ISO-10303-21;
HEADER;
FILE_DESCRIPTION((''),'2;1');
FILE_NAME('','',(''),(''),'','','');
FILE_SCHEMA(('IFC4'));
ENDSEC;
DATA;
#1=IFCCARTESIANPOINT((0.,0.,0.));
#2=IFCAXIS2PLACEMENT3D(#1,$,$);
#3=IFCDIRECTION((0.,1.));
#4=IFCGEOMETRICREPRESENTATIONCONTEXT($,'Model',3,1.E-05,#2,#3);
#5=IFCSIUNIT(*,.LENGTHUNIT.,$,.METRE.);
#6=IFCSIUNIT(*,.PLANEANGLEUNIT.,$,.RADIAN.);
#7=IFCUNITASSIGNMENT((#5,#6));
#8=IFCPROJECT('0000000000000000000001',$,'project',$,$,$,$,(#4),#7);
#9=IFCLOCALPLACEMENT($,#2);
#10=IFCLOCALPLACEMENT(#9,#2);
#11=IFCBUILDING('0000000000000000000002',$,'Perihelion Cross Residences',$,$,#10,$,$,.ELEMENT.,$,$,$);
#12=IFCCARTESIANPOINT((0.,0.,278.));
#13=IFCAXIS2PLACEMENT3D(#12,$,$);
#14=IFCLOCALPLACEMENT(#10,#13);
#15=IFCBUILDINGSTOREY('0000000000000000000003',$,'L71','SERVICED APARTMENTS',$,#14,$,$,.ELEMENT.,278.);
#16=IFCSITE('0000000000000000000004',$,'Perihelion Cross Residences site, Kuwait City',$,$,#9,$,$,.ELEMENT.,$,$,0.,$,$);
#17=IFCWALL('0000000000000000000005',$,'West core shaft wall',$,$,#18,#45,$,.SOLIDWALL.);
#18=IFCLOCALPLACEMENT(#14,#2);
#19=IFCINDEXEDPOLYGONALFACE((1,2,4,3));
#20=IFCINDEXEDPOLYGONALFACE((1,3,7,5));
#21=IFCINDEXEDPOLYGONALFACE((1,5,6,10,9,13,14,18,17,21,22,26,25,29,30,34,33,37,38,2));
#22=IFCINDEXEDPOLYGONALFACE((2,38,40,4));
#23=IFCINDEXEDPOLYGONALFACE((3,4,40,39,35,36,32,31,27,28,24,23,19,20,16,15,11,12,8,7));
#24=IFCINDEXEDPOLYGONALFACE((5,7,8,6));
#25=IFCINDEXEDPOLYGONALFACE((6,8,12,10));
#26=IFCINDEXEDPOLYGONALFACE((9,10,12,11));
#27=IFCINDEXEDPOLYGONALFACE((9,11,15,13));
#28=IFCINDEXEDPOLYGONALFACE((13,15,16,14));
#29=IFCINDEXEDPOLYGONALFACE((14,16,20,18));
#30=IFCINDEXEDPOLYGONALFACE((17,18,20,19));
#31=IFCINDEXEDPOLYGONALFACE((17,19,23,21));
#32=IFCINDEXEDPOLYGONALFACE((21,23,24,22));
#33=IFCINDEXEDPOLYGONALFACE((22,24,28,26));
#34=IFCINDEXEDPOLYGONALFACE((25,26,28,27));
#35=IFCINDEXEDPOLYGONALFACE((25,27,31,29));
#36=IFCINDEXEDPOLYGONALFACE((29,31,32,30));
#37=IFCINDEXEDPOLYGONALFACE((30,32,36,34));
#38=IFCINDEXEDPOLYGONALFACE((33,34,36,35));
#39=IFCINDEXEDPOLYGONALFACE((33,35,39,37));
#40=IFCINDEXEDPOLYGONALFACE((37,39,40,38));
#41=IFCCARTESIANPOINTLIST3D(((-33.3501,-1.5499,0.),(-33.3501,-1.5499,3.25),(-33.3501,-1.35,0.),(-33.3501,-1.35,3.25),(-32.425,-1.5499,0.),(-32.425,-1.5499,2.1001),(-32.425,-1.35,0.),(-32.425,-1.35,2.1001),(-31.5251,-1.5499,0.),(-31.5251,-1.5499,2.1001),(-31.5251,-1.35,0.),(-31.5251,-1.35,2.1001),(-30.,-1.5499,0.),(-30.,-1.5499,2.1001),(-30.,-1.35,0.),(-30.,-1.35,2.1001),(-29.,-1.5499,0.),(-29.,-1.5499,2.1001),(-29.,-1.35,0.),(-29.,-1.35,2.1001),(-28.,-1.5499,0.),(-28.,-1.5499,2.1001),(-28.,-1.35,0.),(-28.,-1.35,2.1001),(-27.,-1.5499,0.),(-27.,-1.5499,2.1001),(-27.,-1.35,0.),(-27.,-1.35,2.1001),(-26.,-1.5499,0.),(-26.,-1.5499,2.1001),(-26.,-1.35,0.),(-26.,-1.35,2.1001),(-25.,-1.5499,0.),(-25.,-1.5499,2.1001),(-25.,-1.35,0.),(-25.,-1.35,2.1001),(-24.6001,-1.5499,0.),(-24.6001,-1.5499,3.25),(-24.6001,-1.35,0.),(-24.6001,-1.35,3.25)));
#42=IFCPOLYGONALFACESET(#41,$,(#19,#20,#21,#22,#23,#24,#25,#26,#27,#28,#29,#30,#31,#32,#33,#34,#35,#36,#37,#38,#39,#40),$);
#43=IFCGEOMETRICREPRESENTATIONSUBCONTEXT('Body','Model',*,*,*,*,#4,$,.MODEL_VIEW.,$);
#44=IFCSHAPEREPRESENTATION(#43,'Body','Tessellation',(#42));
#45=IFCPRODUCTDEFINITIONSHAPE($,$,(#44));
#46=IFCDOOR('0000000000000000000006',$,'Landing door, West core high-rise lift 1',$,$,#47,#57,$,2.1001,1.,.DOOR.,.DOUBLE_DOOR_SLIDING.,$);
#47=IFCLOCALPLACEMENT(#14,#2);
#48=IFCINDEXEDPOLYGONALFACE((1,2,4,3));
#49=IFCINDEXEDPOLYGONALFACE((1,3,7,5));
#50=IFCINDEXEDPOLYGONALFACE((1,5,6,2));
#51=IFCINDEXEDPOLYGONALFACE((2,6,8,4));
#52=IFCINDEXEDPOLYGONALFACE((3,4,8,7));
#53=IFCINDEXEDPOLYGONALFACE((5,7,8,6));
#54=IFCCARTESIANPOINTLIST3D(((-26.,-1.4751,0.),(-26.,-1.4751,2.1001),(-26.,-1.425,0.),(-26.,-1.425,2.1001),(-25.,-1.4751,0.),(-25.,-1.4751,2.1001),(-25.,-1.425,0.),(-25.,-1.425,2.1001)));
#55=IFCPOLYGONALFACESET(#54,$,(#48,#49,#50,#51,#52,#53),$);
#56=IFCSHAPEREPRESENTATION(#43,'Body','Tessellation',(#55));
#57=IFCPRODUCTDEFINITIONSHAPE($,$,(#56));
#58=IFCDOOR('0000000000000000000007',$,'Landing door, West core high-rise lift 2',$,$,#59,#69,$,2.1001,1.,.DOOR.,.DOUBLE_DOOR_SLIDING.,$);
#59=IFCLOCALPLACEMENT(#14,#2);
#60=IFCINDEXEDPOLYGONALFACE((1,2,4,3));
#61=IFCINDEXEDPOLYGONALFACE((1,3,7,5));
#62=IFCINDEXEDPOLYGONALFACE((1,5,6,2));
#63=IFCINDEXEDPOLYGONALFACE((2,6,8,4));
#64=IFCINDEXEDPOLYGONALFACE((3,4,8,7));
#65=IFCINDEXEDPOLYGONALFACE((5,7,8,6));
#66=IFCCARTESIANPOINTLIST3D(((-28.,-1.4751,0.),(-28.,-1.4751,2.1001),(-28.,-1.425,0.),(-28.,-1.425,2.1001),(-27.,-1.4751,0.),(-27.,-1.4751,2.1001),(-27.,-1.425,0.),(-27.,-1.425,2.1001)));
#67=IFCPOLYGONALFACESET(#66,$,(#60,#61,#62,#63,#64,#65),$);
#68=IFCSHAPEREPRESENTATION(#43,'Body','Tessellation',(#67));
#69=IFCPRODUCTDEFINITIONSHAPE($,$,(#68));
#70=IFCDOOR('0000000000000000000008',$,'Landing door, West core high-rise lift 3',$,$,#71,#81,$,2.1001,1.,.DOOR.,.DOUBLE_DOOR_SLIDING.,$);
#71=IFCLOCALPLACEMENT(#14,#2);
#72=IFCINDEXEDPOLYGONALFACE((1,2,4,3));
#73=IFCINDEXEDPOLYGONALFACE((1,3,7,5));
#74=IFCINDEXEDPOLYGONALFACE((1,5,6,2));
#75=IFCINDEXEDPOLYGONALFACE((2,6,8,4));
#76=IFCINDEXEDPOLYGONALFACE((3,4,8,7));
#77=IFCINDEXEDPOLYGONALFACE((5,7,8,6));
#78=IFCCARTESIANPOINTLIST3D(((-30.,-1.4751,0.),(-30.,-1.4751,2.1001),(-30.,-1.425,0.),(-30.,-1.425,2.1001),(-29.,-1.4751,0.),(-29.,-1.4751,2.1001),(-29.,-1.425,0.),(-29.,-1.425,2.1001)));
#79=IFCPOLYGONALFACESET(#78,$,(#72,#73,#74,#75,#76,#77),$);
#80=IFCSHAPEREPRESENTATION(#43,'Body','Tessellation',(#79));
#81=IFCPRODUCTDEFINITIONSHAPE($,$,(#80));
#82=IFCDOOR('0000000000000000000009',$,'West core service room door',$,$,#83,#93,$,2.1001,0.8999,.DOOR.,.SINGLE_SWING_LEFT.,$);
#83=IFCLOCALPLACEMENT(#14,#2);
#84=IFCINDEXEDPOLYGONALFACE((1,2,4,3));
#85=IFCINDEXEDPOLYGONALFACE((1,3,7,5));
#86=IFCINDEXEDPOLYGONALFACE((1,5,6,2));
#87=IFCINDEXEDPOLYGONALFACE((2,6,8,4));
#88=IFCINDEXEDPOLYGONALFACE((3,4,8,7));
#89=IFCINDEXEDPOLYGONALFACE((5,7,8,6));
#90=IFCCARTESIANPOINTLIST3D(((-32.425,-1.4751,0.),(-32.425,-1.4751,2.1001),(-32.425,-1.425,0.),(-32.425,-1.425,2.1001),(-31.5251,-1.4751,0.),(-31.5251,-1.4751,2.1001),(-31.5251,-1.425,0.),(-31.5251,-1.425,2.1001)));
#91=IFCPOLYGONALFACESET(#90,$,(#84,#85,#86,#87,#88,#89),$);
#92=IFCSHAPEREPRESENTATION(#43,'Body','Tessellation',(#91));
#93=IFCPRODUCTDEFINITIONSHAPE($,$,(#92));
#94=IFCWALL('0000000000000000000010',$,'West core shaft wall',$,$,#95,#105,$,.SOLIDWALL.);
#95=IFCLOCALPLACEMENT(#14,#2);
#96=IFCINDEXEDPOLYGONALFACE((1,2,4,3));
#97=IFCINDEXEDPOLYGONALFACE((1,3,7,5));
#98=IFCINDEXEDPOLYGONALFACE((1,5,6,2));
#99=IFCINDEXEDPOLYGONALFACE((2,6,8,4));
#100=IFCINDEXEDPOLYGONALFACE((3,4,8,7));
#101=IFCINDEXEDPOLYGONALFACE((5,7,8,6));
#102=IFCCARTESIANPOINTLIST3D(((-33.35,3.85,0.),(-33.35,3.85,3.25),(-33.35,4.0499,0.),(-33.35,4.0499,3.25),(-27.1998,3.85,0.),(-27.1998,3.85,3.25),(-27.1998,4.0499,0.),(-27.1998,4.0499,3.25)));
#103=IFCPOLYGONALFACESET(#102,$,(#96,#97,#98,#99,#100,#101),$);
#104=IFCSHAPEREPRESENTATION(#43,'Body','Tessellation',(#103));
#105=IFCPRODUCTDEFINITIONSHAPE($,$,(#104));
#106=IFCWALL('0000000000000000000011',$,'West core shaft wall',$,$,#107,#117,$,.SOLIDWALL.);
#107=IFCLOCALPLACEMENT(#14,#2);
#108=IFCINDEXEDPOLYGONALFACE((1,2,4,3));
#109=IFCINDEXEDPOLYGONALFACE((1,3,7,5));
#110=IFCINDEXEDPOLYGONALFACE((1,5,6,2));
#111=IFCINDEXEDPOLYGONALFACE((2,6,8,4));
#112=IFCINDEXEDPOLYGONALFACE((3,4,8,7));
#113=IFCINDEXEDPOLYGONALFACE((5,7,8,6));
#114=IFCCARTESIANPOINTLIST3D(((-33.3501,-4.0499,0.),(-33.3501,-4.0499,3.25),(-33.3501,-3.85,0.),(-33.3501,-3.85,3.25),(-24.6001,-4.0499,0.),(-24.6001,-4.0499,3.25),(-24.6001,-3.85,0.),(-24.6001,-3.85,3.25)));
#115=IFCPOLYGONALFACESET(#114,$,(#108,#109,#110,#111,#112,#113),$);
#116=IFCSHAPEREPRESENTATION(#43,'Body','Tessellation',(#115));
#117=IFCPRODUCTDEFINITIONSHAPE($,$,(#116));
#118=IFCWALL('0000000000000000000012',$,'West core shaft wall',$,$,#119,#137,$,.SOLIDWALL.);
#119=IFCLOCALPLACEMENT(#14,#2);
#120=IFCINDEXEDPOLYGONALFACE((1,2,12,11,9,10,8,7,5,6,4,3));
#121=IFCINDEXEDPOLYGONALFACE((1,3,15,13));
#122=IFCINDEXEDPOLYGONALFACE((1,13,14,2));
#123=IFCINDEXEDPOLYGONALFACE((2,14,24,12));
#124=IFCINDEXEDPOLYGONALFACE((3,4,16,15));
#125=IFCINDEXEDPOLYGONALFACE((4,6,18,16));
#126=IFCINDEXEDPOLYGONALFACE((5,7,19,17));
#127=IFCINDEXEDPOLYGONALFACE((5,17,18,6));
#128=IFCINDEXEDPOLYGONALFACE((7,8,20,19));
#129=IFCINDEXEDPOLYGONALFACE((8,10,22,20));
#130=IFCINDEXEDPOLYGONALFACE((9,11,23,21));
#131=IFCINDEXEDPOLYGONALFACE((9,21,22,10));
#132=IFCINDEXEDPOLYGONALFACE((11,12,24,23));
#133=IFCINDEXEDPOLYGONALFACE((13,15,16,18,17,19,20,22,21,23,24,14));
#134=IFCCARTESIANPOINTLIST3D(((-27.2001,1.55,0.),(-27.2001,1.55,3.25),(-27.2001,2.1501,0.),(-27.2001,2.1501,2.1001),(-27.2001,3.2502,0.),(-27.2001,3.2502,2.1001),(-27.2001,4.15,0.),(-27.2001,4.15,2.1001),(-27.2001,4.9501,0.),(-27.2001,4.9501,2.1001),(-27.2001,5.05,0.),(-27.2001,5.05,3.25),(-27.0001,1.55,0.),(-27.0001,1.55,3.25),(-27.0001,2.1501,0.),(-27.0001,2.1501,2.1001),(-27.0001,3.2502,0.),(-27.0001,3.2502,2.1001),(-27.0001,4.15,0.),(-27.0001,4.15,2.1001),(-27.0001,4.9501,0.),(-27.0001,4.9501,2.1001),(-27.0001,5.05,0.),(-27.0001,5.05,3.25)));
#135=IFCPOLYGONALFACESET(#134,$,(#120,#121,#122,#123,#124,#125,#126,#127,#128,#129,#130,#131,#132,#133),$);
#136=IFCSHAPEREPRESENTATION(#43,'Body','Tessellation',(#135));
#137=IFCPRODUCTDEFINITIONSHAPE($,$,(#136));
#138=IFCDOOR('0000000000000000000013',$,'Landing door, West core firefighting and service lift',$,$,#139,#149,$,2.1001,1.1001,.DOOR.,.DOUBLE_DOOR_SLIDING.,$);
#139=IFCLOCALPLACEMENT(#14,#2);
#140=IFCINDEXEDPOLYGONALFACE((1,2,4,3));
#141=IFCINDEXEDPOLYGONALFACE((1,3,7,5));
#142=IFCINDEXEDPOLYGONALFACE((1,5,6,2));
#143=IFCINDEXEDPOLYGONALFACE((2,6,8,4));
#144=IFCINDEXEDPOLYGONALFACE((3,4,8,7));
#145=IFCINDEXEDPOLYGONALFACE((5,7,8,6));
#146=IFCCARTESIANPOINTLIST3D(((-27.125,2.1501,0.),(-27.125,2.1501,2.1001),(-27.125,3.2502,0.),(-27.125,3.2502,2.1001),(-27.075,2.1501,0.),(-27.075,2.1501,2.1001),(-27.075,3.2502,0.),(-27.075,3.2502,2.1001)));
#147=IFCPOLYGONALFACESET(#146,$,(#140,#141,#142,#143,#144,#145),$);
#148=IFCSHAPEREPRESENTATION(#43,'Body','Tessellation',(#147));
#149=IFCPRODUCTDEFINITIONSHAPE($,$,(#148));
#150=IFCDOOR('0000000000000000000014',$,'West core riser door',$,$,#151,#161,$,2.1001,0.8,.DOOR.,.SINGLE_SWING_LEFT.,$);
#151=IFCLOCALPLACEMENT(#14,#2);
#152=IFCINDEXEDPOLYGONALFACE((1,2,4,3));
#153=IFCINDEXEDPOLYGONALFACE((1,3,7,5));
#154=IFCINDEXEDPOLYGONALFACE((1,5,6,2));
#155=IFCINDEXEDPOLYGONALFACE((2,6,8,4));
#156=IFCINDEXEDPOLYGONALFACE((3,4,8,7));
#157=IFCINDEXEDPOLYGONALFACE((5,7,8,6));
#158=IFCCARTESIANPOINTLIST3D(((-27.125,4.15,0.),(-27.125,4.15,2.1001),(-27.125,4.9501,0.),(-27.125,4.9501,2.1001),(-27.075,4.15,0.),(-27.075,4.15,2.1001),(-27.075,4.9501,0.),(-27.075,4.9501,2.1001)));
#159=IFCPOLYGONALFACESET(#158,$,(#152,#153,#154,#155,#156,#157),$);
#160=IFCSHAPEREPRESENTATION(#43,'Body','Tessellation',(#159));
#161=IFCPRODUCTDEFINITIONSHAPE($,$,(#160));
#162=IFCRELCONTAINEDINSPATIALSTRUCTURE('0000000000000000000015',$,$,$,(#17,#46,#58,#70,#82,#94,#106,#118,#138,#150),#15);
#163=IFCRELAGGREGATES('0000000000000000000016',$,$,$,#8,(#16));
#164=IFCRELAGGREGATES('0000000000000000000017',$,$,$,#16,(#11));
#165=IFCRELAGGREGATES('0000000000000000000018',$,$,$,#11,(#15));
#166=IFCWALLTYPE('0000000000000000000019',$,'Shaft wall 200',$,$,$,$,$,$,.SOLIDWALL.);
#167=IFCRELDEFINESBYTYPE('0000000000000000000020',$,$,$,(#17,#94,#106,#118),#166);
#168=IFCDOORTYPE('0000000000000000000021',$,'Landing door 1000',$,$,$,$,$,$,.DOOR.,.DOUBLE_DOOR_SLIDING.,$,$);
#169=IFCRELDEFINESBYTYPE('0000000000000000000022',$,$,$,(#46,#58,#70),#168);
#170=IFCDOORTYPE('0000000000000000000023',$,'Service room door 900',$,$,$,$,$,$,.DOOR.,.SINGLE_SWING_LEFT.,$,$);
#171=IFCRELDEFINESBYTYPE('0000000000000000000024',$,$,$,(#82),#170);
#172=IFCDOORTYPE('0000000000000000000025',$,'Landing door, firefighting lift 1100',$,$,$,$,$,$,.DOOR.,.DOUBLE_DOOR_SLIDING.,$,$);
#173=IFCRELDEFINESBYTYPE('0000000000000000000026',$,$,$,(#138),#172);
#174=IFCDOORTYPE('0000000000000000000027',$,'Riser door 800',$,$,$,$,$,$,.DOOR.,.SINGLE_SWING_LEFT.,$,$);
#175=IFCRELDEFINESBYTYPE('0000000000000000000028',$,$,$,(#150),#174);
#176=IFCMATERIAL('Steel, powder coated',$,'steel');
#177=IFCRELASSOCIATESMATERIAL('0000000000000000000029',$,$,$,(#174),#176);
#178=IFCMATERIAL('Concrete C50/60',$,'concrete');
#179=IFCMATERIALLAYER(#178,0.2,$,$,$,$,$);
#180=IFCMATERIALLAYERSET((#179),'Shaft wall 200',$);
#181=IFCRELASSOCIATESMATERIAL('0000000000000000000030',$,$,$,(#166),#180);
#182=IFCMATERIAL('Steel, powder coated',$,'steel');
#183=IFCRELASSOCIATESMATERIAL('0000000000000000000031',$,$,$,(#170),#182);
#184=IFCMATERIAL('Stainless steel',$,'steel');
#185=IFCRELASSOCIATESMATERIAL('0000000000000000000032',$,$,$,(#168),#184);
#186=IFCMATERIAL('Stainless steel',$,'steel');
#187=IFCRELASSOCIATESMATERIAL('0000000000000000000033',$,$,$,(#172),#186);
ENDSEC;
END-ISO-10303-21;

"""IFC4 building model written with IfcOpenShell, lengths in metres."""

from ifc_helpers import new_model, si_unit, direction, frame, frame_2d, origin, place, context, subcontext, project, spatial, rectangle, extrude, material, layer, layer_set, type_object, element, fill, save


model = new_model("IFC4")

# Units and contexts
model_context = context("Model", 3, precision=1e-05, world=origin(), true_north=direction((0.0, 1.0)))
body_context = subcontext(model_context, "Body", "Model", "MODEL_VIEW")
ifc_project = project(units=[si_unit("LENGTHUNIT", "METRE"), si_unit("PLANEANGLEUNIT", "RADIAN")], contexts=[model_context])

# Site, building, storey
site_placement = place(None, origin())
site = spatial("IfcSite", under=ifc_project, at=site_placement, Name="Perihelion Cross Residences site, Kuwait City", CompositionType="ELEMENT", RefElevation=0.0)
building_placement = place(site_placement, origin())
building = spatial("IfcBuilding", under=site, at=building_placement, Name="Perihelion Cross Residences", CompositionType="ELEMENT")
storey_placement = place(building_placement, frame((0.0, 0.0, 278.0)))
storey = spatial("IfcBuildingStorey", under=building, at=storey_placement, Name="L71", Description="SERVICED APARTMENTS", CompositionType="ELEMENT", Elevation=278.0)

# Shared definitions
ifc_material_1 = material(Name="Steel, powder coated", Category="steel")
door_type_1 = type_object("IfcDoorType", Name="Riser door 800", OperationType="SINGLE_SWING_LEFT", PredefinedType="DOOR", material=ifc_material_1)

# Wall, openings, doors
ifc_material_2 = material(Name="Concrete C50/60", Category="concrete")
ifc_layer_1 = layer(ifc_material_2, 0.2)
ifc_layer_set_1 = layer_set([ifc_layer_1], Name="Shaft wall 200")
wall_type_1 = type_object("IfcWallType", Name="Shaft wall 200", PredefinedType="SOLIDWALL", material=ifc_layer_set_1)
ifc_material_3 = material(Name="Steel, powder coated", Category="steel")
door_type_2 = type_object("IfcDoorType", Name="Service room door 900", OperationType="SINGLE_SWING_LEFT", PredefinedType="DOOR", material=ifc_material_3)
wall_1_placement = place(storey_placement, frame((-33.3501, -1.45, 0.0), z_axis=(0.0, 0.0, 1.0), x_axis=(1.0, 0.0, 0.0)))
wall_1 = element("IfcWall", 1, at=wall_1_placement, inside=storey, type_object=wall_type_1, Name="West core shaft wall", PredefinedType="SOLIDWALL", context=body_context, shape_type="SweptSolid", body=[
    extrude(rectangle(XDim=8.75, YDim=0.2, at=frame_2d((4.375, 0.0))), origin(), (0.0, 0.0, 1.0), 3.25),
])
opening_1_placement = place(wall_1_placement, frame((7.3501, 0.0, 0.0)))
opening_1 = element("IfcOpeningElement", 2, at=opening_1_placement, cuts=wall_1, PredefinedType="OPENING", context=body_context, shape_type="SweptSolid", body=[
    extrude(rectangle(XDim=1.0, YDim=2.1001, at=frame_2d((0.5, 1.05))), frame((0.0, 0.1099, 0.0), z_axis=(0.0, -1.0, 0.0), x_axis=(1.0, 0.0, 0.0)), (0.0, 0.0, 1.0), 0.22),
])
opening_2_placement = place(wall_1_placement, frame((5.3501, 0.0, 0.0)))
opening_2 = element("IfcOpeningElement", 3, at=opening_2_placement, cuts=wall_1, PredefinedType="OPENING", context=body_context, shape_type="SweptSolid", body=[
    extrude(rectangle(XDim=1.0, YDim=2.1001, at=frame_2d((0.5, 1.05))), frame((0.0, 0.1099, 0.0), z_axis=(0.0, -1.0, 0.0), x_axis=(1.0, 0.0, 0.0)), (0.0, 0.0, 1.0), 0.22),
])
opening_3_placement = place(wall_1_placement, frame((3.3501, 0.0, 0.0)))
opening_3 = element("IfcOpeningElement", 4, at=opening_3_placement, cuts=wall_1, PredefinedType="OPENING", context=body_context, shape_type="SweptSolid", body=[
    extrude(rectangle(XDim=1.0, YDim=2.1001, at=frame_2d((0.5, 1.05))), frame((0.0, 0.1099, 0.0), z_axis=(0.0, -1.0, 0.0), x_axis=(1.0, 0.0, 0.0)), (0.0, 0.0, 1.0), 0.22),
])
opening_4_placement = place(wall_1_placement, frame((0.925, 0.0, 0.0)))
opening_4 = element("IfcOpeningElement", 5, at=opening_4_placement, cuts=wall_1, PredefinedType="OPENING", context=body_context, shape_type="SweptSolid", body=[
    extrude(rectangle(XDim=0.8999, YDim=2.1001, at=frame_2d((0.45, 1.05))), frame((0.0, 0.1099, 0.0), z_axis=(0.0, -1.0, 0.0), x_axis=(1.0, 0.0, 0.0)), (0.0, 0.0, 1.0), 0.22),
])
ifc_material_4 = material(Name="Stainless steel", Category="steel")
door_type_3 = type_object("IfcDoorType", Name="Landing door 1000", OperationType="DOUBLE_DOOR_SLIDING", PredefinedType="DOOR", material=ifc_material_4)
door_1_placement = place(opening_1_placement, origin())
door_1 = element("IfcDoor", 6, at=door_1_placement, inside=storey, type_object=door_type_3, Name="Landing door, West core high-rise lift 1", OperationType="DOUBLE_DOOR_SLIDING", OverallHeight=2.1001, OverallWidth=1.0, PredefinedType="DOOR", context=body_context, shape_type="SweptSolid", body=[
    extrude(rectangle(XDim=1.0, YDim=2.1001, at=frame_2d((0.5, 1.05))), frame((0.0, 0.0249, 0.0), z_axis=(0.0, -1.0, 0.0), x_axis=(1.0, 0.0, 0.0)), (0.0, 0.0, 1.0), 0.05),
])
fill(opening_1, door_1)
door_2_placement = place(opening_2_placement, origin())
door_2 = element("IfcDoor", 7, at=door_2_placement, inside=storey, type_object=door_type_3, Name="Landing door, West core high-rise lift 2", OperationType="DOUBLE_DOOR_SLIDING", OverallHeight=2.1001, OverallWidth=1.0, PredefinedType="DOOR", context=body_context, shape_type="SweptSolid", body=[
    extrude(rectangle(XDim=1.0, YDim=2.1001, at=frame_2d((0.5, 1.05))), frame((0.0, 0.0249, 0.0), z_axis=(0.0, -1.0, 0.0), x_axis=(1.0, 0.0, 0.0)), (0.0, 0.0, 1.0), 0.05),
])
fill(opening_2, door_2)
door_3_placement = place(opening_3_placement, origin())
door_3 = element("IfcDoor", 8, at=door_3_placement, inside=storey, type_object=door_type_3, Name="Landing door, West core high-rise lift 3", OperationType="DOUBLE_DOOR_SLIDING", OverallHeight=2.1001, OverallWidth=1.0, PredefinedType="DOOR", context=body_context, shape_type="SweptSolid", body=[
    extrude(rectangle(XDim=1.0, YDim=2.1001, at=frame_2d((0.5, 1.05))), frame((0.0, 0.0249, 0.0), z_axis=(0.0, -1.0, 0.0), x_axis=(1.0, 0.0, 0.0)), (0.0, 0.0, 1.0), 0.05),
])
fill(opening_3, door_3)
door_4_placement = place(opening_4_placement, origin())
door_4 = element("IfcDoor", 9, at=door_4_placement, inside=storey, type_object=door_type_2, Name="West core service room door", OperationType="SINGLE_SWING_LEFT", OverallHeight=2.1001, OverallWidth=0.8999, PredefinedType="DOOR", context=body_context, shape_type="SweptSolid", body=[
    extrude(rectangle(XDim=0.8999, YDim=2.1001, at=frame_2d((0.45, 1.05))), frame((0.0, 0.0249, 0.0), z_axis=(0.0, -1.0, 0.0), x_axis=(1.0, 0.0, 0.0)), (0.0, 0.0, 1.0), 0.05),
])
fill(opening_4, door_4)

# Walls
wall_2_placement = place(storey_placement, frame((-33.3501, 3.95, 0.0), z_axis=(0.0, 0.0, 1.0), x_axis=(1.0, 0.0, 0.0)))
element("IfcWall", 10, at=wall_2_placement, inside=storey, type_object=wall_type_1, Name="West core shaft wall", PredefinedType="SOLIDWALL", context=body_context, shape_type="SweptSolid", body=[
    extrude(rectangle(XDim=6.1501, YDim=0.2, at=frame_2d((3.0752, 0.0))), origin(), (0.0, 0.0, 1.0), 3.25),
])
wall_3_placement = place(storey_placement, frame((-33.3501, -3.95, 0.0), z_axis=(0.0, 0.0, 1.0), x_axis=(1.0, 0.0, 0.0)))
element("IfcWall", 11, at=wall_3_placement, inside=storey, type_object=wall_type_1, Name="West core shaft wall", PredefinedType="SOLIDWALL", context=body_context, shape_type="SweptSolid", body=[
    extrude(rectangle(XDim=8.75, YDim=0.2, at=frame_2d((4.375, 0.0))), origin(), (0.0, 0.0, 1.0), 3.25),
])

# Wall, openings, doors
wall_4_placement = place(storey_placement, frame((-27.1001, 1.55, 0.0), z_axis=(0.0, 0.0, 1.0), x_axis=(0.0, 1.0, 0.0)))
wall_4 = element("IfcWall", 12, at=wall_4_placement, inside=storey, type_object=wall_type_1, Name="West core shaft wall", PredefinedType="SOLIDWALL", context=body_context, shape_type="SweptSolid", body=[
    extrude(rectangle(XDim=3.5, YDim=0.2, at=frame_2d((1.75, 0.0))), origin(), (0.0, 0.0, 1.0), 3.25),
])
opening_5_placement = place(wall_4_placement, frame((0.6001, 0.0, 0.0)))
opening_5 = element("IfcOpeningElement", 13, at=opening_5_placement, cuts=wall_4, PredefinedType="OPENING", context=body_context, shape_type="SweptSolid", body=[
    extrude(rectangle(XDim=1.1001, YDim=2.1001, at=frame_2d((0.55, 1.05))), frame((0.0, 0.1099, 0.0), z_axis=(0.0, -1.0, 0.0), x_axis=(1.0, 0.0, 0.0)), (0.0, 0.0, 1.0), 0.22),
])
opening_6_placement = place(wall_4_placement, frame((2.6001, 0.0, 0.0)))
opening_6 = element("IfcOpeningElement", 14, at=opening_6_placement, cuts=wall_4, PredefinedType="OPENING", context=body_context, shape_type="SweptSolid", body=[
    extrude(rectangle(XDim=0.8, YDim=2.1001, at=frame_2d((0.3999, 1.05))), frame((0.0, 0.1099, 0.0), z_axis=(0.0, -1.0, 0.0), x_axis=(1.0, 0.0, 0.0)), (0.0, 0.0, 1.0), 0.22),
])
ifc_material_5 = material(Name="Stainless steel", Category="steel")
door_type_4 = type_object("IfcDoorType", Name="Landing door, firefighting lift 1100", OperationType="DOUBLE_DOOR_SLIDING", PredefinedType="DOOR", material=ifc_material_5)
door_5_placement = place(opening_5_placement, origin())
door_5 = element("IfcDoor", 15, at=door_5_placement, inside=storey, type_object=door_type_4, Name="Landing door, West core firefighting and service lift", OperationType="DOUBLE_DOOR_SLIDING", OverallHeight=2.1001, OverallWidth=1.1001, PredefinedType="DOOR", context=body_context, shape_type="SweptSolid", body=[
    extrude(rectangle(XDim=1.1001, YDim=2.1001, at=frame_2d((0.55, 1.05))), frame((0.0, 0.0249, 0.0), z_axis=(0.0, -1.0, 0.0), x_axis=(1.0, 0.0, 0.0)), (0.0, 0.0, 1.0), 0.05),
])
fill(opening_5, door_5)
door_6_placement = place(opening_6_placement, origin())
door_6 = element("IfcDoor", 16, at=door_6_placement, inside=storey, type_object=door_type_1, Name="West core riser door", OperationType="SINGLE_SWING_LEFT", OverallHeight=2.1001, OverallWidth=0.8, PredefinedType="DOOR", context=body_context, shape_type="SweptSolid", body=[
    extrude(rectangle(XDim=0.8, YDim=2.1001, at=frame_2d((0.3999, 1.05))), frame((0.0, 0.0249, 0.0), z_axis=(0.0, -1.0, 0.0), x_axis=(1.0, 0.0, 0.0)), (0.0, 0.0, 1.0), 0.05),
])
fill(opening_6, door_6)

save(model, "model.ifc")
